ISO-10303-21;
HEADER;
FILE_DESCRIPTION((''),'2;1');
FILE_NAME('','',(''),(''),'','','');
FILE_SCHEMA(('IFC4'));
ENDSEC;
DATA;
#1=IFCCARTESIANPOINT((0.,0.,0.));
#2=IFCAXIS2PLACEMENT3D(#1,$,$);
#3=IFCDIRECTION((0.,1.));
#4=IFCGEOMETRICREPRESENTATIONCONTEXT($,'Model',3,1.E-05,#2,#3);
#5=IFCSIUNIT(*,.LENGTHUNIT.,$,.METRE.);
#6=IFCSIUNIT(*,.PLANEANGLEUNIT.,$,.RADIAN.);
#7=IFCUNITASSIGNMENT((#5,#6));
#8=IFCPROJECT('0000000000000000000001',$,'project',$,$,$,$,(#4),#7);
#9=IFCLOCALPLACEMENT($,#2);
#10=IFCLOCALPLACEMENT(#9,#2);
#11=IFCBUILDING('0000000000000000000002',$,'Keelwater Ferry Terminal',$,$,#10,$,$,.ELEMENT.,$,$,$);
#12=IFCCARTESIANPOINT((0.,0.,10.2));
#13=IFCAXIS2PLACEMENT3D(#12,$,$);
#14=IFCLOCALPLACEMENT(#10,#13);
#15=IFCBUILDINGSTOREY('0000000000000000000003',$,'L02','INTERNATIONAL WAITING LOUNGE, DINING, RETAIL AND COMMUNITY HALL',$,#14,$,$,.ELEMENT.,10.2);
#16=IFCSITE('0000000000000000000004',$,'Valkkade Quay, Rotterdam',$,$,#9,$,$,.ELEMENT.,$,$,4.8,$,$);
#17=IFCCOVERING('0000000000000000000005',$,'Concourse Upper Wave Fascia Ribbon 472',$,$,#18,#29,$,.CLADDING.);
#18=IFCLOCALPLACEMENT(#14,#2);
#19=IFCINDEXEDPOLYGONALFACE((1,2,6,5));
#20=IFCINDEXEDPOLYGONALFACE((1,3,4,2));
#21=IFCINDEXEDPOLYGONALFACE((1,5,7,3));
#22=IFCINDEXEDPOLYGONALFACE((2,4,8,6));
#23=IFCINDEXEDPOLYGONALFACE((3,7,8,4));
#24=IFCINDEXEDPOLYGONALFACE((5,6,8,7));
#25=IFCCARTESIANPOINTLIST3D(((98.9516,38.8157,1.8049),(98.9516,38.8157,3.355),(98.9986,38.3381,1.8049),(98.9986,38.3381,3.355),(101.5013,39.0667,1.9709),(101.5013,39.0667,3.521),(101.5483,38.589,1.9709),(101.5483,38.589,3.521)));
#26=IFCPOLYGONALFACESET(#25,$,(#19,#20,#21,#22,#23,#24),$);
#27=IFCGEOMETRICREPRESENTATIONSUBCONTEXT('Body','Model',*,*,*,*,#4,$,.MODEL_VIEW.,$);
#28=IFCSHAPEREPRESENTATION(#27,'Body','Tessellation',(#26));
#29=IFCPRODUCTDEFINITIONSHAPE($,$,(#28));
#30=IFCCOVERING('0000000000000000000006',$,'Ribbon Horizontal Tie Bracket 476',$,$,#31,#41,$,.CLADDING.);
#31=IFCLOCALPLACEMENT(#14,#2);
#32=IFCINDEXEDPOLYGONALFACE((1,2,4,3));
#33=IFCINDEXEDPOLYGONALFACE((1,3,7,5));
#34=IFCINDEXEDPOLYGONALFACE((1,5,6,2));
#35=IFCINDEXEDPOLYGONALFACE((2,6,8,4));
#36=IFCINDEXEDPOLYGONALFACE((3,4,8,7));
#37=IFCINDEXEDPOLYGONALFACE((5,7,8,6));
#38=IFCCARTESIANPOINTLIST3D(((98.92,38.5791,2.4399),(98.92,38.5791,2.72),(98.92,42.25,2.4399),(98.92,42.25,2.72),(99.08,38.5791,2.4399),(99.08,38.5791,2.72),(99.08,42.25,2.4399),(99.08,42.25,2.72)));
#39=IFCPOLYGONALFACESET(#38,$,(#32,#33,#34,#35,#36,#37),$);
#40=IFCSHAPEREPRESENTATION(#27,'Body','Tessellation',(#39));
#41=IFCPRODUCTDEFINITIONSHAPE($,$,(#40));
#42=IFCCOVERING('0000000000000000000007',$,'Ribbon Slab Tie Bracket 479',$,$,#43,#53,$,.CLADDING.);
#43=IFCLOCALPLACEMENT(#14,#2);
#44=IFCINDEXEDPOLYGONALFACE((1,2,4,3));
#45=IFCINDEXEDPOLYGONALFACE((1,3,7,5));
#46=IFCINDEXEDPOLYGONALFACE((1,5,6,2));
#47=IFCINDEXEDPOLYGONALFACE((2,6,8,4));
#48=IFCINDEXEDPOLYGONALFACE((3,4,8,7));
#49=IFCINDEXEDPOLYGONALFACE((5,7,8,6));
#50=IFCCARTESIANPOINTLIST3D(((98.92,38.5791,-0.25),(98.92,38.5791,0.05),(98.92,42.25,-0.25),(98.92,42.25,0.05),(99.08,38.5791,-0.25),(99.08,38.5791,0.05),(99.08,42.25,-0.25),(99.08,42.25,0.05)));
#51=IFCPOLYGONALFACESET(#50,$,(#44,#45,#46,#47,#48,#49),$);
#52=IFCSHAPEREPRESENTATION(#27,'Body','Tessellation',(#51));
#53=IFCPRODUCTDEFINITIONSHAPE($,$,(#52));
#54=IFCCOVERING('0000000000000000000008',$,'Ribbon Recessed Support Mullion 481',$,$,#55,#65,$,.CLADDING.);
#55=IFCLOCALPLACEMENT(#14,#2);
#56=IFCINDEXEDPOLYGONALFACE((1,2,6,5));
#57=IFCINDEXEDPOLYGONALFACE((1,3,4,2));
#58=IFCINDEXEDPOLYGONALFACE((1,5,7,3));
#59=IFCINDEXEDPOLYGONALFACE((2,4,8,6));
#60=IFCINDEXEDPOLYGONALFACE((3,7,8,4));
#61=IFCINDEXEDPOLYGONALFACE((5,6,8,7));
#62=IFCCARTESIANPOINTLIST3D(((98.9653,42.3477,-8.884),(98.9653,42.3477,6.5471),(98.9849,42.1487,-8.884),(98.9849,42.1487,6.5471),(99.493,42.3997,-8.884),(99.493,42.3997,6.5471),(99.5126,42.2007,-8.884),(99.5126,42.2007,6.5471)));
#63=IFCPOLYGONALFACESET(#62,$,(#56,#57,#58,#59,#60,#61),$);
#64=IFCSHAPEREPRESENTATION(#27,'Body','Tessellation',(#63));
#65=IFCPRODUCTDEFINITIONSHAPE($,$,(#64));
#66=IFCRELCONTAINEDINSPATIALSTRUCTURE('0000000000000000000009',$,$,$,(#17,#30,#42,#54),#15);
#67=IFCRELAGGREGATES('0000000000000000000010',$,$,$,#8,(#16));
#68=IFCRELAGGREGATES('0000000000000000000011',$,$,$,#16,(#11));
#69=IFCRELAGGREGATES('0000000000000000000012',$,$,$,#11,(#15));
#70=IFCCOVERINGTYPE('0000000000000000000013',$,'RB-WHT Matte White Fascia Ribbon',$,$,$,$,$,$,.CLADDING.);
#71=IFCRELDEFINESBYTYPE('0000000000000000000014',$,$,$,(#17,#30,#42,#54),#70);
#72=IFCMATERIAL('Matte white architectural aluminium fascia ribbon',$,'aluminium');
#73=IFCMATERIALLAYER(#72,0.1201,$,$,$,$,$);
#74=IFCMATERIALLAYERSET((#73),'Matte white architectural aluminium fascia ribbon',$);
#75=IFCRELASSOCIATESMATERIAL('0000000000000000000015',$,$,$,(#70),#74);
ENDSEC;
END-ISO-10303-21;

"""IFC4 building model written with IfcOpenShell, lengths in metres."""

from ifc_helpers import new_model, si_unit, direction, frame, frame_2d, origin, place, context, subcontext, project, spatial, polyline, rectangle, outline, extrude, material, layer, layer_set, type_object, element, save


model = new_model("IFC4")

# Units and contexts
model_context = context("Model", 3, precision=1e-05, world=origin(), true_north=direction((0.0, 1.0)))
body_context = subcontext(model_context, "Body", "Model", "MODEL_VIEW")
ifc_project = project(units=[si_unit("LENGTHUNIT", "METRE"), si_unit("PLANEANGLEUNIT", "RADIAN")], contexts=[model_context])

# Site, building, storey
site_placement = place(None, origin())
site = spatial("IfcSite", under=ifc_project, at=site_placement, Name="Valkkade Quay, Rotterdam", CompositionType="ELEMENT", RefElevation=4.8)
building_placement = place(site_placement, origin())
building = spatial("IfcBuilding", under=site, at=building_placement, Name="Keelwater Ferry Terminal", CompositionType="ELEMENT")
storey_placement = place(building_placement, frame((0.0, 0.0, 10.2)))
storey = spatial("IfcBuildingStorey", under=building, at=storey_placement, Name="L02", Description="INTERNATIONAL WAITING LOUNGE, DINING, RETAIL AND COMMUNITY HALL", CompositionType="ELEMENT", Elevation=10.2)

# Coverings
ifc_material_1 = material(Name="Matte white architectural aluminium fascia ribbon", Category="aluminium")
ifc_layer_1 = layer(ifc_material_1, 0.1201)
ifc_layer_set_1 = layer_set([ifc_layer_1], Name="Matte white architectural aluminium fascia ribbon")
covering_type = type_object("IfcCoveringType", Name="RB-WHT Matte White Fascia Ribbon", PredefinedType="CLADDING", material=ifc_layer_set_1)
covering_1_placement = place(storey_placement, frame((98.9751, 38.5769, 1.8049), z_axis=(0.0, 0.0, 1.0), x_axis=(0.995191, 0.097956, 0.0)))
element("IfcCovering", 1, at=covering_1_placement, inside=storey, type_object=covering_type, Name="Concourse Upper Wave Fascia Ribbon 472", PredefinedType="CLADDING", context=body_context, shape_type="SweptSolid", body=[
    extrude(outline(polyline([(0.0, 0.0), (2.562, 0.166), (2.562, 1.7161), (0.0, 1.55), (0.0, 0.0)])), frame((0.0, 0.24, 0.0), z_axis=(0.0, -1.0, 0.0), x_axis=(1.0, 0.0, 0.0)), (0.0, 0.0, 1.0), 0.48),
])
covering_2_placement = place(storey_placement, frame((99.0, 38.5791, 2.4399), z_axis=(0.0, 0.0, 1.0), x_axis=(0.0, 1.0, 0.0)))
element("IfcCovering", 2, at=covering_2_placement, inside=storey, type_object=covering_type, Name="Ribbon Horizontal Tie Bracket 476", PredefinedType="CLADDING", context=body_context, shape_type="SweptSolid", body=[
    extrude(rectangle(XDim=3.6709, YDim=0.1599, at=frame_2d((1.8354, 0.0))), origin(), (0.0, 0.0, 1.0), 0.28),
])
covering_3_placement = place(storey_placement, frame((99.0, 38.5791, -0.25), z_axis=(0.0, 0.0, 1.0), x_axis=(0.0, 1.0, 0.0)))
element("IfcCovering", 3, at=covering_3_placement, inside=storey, type_object=covering_type, Name="Ribbon Slab Tie Bracket 479", PredefinedType="CLADDING", context=body_context, shape_type="SweptSolid", body=[
    extrude(rectangle(XDim=3.6709, YDim=0.1599, at=frame_2d((1.8354, 0.0))), origin(), (0.0, 0.0, 1.0), 0.3),
])
covering_4_placement = place(storey_placement, frame((98.9751, 42.248, -8.884), z_axis=(0.0, 0.0, 1.0), x_axis=(0.995182, 0.098045, 0.0)))
element("IfcCovering", 4, at=covering_4_placement, inside=storey, type_object=covering_type, Name="Ribbon Recessed Support Mullion 481", PredefinedType="CLADDING", context=body_context, shape_type="SweptSolid", body=[
    extrude(outline(polyline([(0.0, 0.0), (0.5303, 0.0), (0.5303, 15.4312), (0.0, 15.4312), (0.0, 0.0)])), frame((0.0, 0.1001, 0.0), z_axis=(0.0, -1.0, 0.0), x_axis=(1.0, 0.0, 0.0)), (0.0, 0.0, 1.0), 0.2),
])

save(model, "model.ifc")
